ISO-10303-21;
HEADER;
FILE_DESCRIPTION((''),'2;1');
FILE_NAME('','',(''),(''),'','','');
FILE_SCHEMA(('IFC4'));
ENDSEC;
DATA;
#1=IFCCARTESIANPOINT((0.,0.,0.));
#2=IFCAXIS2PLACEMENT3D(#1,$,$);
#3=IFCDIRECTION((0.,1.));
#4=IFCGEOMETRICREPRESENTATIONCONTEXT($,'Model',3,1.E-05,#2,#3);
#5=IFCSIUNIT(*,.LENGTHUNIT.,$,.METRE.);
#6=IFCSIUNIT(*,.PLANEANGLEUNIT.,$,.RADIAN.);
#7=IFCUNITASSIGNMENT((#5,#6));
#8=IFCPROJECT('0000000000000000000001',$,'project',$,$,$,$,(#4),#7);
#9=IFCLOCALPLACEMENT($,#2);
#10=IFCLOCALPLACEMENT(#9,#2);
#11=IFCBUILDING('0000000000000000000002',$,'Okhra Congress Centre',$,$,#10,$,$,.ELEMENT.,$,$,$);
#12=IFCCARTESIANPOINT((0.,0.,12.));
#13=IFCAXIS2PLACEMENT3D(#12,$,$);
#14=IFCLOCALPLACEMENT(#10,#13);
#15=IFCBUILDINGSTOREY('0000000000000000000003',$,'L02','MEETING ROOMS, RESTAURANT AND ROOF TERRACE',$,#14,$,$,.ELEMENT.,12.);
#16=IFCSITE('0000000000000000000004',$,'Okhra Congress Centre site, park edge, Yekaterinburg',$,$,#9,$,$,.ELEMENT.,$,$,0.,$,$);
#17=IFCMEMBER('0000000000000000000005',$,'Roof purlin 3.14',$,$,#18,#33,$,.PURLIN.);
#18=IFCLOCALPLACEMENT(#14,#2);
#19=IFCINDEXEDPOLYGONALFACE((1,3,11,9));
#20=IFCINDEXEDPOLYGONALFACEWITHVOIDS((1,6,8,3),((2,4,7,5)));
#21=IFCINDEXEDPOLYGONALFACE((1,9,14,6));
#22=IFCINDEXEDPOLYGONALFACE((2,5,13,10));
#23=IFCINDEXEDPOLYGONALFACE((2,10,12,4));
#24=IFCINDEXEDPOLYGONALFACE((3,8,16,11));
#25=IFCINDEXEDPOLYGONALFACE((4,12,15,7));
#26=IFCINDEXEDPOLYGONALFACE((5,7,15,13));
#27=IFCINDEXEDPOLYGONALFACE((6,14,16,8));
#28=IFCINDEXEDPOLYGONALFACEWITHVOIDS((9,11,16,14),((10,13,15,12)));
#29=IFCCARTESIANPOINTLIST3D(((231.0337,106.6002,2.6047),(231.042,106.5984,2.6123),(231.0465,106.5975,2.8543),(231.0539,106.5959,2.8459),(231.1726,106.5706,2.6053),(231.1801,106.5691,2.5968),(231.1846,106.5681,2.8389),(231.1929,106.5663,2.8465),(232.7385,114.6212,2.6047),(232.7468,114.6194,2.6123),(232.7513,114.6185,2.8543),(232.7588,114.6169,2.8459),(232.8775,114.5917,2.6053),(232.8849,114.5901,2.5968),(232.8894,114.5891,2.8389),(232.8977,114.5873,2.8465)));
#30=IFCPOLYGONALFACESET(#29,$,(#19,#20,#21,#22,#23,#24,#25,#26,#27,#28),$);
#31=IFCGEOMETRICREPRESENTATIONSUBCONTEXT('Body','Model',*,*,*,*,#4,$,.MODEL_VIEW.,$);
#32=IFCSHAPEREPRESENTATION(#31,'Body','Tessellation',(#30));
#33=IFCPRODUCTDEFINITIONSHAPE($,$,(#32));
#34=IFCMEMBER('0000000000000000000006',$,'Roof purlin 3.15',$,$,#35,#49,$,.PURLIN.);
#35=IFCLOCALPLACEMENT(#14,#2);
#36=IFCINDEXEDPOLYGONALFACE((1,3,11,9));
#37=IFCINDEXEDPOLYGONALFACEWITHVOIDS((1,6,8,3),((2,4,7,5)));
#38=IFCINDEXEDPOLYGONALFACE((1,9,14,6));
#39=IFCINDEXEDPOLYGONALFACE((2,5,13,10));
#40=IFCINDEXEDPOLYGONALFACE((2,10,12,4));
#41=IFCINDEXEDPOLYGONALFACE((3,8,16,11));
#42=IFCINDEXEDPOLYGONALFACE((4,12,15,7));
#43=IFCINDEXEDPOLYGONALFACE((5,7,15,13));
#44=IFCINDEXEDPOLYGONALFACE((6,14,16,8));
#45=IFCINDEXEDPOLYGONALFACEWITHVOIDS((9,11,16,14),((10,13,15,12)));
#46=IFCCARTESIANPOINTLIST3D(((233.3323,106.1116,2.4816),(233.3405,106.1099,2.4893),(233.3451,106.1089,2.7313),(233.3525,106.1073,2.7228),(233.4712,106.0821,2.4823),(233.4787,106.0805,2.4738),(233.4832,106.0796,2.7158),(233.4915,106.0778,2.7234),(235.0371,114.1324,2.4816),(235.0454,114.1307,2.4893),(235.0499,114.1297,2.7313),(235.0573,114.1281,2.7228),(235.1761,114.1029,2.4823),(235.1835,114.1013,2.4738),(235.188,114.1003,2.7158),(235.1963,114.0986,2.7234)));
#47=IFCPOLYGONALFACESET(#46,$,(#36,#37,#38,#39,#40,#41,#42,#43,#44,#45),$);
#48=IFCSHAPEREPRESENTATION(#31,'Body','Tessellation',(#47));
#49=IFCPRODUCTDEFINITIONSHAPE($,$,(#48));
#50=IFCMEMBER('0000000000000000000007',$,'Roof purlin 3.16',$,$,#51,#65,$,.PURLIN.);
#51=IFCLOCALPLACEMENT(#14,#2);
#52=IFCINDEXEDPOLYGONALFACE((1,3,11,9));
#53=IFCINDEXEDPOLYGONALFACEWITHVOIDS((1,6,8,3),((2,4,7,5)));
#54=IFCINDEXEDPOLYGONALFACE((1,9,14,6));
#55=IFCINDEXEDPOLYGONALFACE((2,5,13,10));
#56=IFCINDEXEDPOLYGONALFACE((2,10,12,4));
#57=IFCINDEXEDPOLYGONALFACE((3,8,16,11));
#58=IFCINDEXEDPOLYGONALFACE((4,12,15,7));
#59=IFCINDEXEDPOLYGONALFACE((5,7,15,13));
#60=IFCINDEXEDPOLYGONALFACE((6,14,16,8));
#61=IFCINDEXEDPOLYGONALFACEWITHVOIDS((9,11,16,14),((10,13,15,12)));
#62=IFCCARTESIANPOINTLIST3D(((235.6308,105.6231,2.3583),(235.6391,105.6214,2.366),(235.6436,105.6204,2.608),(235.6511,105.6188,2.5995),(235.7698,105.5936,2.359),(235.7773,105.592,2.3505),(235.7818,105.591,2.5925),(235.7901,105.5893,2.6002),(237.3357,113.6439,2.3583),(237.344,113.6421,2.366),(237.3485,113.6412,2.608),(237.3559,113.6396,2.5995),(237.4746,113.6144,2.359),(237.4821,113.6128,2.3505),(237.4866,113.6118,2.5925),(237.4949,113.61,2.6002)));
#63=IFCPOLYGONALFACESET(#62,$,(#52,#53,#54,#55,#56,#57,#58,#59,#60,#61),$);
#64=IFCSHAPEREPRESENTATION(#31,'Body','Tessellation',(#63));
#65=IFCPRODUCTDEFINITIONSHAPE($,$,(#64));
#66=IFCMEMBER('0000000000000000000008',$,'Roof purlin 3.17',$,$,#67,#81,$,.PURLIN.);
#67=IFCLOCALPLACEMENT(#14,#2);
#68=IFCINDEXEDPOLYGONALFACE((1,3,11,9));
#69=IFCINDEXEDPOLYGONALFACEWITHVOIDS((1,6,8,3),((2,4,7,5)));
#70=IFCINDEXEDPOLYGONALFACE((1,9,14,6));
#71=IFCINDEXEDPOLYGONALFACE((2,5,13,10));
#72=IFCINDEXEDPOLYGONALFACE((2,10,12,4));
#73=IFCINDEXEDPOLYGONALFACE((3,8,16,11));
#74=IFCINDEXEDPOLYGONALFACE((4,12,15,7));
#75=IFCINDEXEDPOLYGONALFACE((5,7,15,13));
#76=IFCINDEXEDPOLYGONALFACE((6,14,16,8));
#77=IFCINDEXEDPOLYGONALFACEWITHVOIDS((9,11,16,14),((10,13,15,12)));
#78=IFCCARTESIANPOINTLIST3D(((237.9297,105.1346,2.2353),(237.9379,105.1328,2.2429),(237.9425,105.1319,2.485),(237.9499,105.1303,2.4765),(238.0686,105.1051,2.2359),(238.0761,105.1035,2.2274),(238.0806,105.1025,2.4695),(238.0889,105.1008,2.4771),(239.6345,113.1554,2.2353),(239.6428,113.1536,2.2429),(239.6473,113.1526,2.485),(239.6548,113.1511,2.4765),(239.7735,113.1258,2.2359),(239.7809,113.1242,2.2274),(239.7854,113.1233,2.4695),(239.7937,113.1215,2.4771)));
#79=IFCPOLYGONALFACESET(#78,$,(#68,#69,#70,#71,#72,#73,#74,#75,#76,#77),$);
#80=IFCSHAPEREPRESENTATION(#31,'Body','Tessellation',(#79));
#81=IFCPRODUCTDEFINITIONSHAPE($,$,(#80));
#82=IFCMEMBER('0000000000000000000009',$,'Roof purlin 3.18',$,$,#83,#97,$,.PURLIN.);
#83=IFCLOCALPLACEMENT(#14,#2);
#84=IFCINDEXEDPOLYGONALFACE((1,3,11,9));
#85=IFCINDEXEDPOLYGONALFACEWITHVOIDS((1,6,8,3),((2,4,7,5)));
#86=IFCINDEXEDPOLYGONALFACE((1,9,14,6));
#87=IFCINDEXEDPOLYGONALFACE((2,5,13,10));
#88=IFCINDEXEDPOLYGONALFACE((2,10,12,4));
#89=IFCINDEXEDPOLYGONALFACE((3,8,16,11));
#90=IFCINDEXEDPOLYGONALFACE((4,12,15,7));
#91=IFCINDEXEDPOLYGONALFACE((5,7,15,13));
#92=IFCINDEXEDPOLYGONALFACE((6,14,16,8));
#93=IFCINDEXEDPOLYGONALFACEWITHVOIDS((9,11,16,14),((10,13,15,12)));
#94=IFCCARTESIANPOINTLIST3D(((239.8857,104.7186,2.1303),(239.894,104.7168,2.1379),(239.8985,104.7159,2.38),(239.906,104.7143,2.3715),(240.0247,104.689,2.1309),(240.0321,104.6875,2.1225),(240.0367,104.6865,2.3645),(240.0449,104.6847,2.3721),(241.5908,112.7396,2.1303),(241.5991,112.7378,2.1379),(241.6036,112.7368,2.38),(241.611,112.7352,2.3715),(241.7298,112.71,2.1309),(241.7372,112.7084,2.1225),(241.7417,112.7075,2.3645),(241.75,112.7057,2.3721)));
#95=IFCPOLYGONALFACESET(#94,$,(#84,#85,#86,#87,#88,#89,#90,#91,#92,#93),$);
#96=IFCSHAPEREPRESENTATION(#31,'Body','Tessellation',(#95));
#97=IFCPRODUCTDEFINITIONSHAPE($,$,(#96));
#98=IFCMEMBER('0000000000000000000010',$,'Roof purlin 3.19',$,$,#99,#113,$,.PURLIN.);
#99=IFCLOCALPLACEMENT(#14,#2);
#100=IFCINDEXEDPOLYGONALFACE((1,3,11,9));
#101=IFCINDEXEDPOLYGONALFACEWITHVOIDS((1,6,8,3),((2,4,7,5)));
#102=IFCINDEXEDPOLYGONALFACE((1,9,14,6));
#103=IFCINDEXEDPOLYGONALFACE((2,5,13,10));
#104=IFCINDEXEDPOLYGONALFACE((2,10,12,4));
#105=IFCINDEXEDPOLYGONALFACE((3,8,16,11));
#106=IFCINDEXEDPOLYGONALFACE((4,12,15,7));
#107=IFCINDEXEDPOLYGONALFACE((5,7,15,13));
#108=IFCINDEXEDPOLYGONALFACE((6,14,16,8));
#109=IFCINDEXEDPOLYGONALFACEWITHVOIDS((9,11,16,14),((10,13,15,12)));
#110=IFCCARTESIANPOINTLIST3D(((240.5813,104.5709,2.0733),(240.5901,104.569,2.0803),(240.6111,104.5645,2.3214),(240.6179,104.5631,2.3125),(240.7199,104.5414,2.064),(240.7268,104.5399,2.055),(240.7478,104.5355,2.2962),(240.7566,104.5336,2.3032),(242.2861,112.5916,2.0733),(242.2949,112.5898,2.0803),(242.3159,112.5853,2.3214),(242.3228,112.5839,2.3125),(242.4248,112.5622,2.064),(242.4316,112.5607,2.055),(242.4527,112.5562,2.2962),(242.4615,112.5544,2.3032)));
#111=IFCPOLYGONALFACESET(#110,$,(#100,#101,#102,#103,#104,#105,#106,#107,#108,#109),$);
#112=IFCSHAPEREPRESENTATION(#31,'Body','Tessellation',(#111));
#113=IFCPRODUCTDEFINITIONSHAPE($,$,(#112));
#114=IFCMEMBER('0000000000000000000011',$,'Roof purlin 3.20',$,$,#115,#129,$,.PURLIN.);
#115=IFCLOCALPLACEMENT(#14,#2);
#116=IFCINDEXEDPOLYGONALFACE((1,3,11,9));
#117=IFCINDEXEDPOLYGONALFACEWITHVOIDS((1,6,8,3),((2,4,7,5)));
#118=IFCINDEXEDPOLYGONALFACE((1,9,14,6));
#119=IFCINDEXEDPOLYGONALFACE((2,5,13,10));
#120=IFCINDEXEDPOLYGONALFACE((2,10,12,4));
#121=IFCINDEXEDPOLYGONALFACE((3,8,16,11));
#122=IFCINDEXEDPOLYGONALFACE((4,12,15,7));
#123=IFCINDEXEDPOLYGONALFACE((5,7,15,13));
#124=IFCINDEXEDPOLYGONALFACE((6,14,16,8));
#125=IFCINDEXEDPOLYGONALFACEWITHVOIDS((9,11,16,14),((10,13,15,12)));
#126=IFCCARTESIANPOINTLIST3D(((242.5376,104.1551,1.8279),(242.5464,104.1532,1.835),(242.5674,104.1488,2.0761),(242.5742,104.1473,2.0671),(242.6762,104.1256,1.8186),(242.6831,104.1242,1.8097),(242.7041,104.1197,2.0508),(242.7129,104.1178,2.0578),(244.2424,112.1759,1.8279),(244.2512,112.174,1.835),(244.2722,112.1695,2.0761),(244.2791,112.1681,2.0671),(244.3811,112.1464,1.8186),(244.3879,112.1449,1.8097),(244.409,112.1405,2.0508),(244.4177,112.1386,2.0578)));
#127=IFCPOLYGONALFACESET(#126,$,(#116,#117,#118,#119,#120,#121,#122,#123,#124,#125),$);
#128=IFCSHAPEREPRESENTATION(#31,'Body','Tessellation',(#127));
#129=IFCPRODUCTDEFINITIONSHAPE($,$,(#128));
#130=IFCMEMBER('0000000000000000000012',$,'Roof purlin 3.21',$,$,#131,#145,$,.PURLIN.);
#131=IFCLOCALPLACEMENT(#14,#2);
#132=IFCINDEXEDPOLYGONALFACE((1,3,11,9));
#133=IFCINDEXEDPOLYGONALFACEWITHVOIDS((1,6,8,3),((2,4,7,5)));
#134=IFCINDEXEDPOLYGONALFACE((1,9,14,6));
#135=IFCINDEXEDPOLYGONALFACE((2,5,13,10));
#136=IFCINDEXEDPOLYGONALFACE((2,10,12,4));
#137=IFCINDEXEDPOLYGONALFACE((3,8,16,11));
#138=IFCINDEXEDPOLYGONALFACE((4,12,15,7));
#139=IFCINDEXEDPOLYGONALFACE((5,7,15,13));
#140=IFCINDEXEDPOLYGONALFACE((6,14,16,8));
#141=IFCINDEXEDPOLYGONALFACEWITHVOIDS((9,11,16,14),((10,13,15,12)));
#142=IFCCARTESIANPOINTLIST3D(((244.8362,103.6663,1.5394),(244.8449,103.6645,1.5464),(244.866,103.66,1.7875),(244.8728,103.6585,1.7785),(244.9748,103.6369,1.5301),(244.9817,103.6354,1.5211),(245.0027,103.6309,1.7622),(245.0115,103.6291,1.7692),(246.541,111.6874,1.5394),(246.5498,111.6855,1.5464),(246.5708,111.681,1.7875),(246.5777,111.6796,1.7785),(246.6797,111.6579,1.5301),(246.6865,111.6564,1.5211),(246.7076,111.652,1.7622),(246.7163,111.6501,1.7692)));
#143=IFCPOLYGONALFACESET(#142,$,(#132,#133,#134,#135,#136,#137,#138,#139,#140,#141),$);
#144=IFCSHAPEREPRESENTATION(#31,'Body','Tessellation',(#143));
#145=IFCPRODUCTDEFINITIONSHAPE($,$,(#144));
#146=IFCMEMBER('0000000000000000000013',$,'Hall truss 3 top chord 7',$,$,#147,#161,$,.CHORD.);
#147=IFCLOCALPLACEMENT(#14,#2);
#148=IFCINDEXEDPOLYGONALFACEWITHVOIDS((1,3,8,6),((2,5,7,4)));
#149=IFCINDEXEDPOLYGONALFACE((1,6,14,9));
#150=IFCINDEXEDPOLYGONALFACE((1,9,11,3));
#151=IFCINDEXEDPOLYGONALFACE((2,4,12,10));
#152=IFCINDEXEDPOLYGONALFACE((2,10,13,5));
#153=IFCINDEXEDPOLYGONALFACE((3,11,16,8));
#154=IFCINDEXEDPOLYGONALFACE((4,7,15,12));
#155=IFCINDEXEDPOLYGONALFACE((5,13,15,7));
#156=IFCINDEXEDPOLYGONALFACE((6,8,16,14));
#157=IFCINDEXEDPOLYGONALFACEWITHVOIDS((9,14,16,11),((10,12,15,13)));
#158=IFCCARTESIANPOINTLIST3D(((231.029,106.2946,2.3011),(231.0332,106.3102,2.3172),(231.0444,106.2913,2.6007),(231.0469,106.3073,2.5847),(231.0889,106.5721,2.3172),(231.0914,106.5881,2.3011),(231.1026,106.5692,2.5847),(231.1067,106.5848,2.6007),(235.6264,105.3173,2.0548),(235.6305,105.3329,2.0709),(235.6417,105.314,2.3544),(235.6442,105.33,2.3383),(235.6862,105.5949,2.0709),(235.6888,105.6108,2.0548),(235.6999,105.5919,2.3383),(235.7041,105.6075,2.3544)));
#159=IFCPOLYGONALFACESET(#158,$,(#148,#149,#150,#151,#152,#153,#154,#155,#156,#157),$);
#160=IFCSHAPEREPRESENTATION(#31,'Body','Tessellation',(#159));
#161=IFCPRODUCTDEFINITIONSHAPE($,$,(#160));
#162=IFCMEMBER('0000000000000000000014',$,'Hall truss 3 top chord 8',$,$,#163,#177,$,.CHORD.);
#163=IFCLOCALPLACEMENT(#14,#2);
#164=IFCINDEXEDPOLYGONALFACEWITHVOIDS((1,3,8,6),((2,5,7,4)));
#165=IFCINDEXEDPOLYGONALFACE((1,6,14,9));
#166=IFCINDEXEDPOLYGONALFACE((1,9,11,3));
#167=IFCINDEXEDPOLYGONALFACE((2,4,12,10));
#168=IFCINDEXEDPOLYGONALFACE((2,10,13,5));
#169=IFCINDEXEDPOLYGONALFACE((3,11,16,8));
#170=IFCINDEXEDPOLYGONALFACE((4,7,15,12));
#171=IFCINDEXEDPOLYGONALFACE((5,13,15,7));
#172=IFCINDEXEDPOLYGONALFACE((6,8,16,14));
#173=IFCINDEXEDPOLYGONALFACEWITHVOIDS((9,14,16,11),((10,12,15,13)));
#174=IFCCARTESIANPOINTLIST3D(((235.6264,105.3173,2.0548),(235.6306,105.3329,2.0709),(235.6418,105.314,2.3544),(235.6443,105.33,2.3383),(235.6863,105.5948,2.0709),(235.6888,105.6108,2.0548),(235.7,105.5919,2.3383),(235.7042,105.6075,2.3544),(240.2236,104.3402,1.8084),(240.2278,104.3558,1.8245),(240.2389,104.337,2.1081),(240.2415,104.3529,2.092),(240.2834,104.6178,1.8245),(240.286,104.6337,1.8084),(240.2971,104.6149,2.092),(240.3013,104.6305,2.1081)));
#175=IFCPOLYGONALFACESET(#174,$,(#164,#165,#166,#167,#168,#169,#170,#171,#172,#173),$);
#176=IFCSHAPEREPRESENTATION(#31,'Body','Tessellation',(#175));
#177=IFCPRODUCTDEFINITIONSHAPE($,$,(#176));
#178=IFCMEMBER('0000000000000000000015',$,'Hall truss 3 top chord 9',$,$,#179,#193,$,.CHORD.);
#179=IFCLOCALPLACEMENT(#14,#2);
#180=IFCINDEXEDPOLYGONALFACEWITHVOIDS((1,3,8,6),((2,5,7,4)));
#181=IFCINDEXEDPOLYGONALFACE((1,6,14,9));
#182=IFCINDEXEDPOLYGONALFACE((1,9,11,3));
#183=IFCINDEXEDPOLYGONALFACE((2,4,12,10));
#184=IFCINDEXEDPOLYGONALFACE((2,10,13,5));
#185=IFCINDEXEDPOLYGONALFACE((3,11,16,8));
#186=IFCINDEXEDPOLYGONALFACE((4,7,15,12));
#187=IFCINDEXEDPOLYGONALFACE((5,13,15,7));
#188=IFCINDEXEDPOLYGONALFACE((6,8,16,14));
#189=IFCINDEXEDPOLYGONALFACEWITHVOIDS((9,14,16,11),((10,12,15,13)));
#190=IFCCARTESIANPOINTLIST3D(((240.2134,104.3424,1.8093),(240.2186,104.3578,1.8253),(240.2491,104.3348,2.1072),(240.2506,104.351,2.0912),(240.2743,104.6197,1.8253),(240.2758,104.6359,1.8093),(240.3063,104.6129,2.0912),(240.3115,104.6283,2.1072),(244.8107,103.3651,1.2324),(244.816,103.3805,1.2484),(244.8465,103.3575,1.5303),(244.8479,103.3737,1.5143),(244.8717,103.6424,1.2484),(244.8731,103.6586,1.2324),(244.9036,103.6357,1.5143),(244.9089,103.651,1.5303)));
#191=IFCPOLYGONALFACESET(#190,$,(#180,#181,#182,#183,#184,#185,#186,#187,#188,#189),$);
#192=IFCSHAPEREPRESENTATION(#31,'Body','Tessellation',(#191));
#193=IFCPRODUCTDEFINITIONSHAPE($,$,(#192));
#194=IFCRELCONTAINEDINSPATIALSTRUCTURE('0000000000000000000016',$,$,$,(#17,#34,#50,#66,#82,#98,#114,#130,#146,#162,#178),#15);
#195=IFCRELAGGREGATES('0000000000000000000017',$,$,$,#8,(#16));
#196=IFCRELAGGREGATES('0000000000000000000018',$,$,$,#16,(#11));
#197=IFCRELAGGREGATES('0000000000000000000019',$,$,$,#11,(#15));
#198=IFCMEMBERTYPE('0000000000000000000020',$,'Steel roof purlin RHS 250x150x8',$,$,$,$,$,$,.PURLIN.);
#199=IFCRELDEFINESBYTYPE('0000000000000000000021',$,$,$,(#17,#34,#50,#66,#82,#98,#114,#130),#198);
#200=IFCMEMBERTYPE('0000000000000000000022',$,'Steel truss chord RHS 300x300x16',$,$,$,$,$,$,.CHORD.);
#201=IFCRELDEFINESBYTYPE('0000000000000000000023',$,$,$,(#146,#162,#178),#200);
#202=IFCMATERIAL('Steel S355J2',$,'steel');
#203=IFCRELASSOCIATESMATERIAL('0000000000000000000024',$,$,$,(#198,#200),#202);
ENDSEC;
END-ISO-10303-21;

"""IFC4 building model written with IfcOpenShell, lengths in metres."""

from ifc_helpers import new_model, si_unit, direction, frame, origin, origin_2d, place, context, subcontext, project, spatial, hollow_rectangle, extrude, material, material_profile, profile_set, type_object, element, save


model = new_model("IFC4")

# Units and contexts
model_context = context("Model", 3, precision=1e-05, world=origin(), true_north=direction((0.0, 1.0)))
body_context = subcontext(model_context, "Body", "Model", "MODEL_VIEW")
ifc_project = project(units=[si_unit("LENGTHUNIT", "METRE"), si_unit("PLANEANGLEUNIT", "RADIAN")], contexts=[model_context])

# Site, building, storey
site_placement = place(None, origin())
site = spatial("IfcSite", under=ifc_project, at=site_placement, Name="Okhra Congress Centre site, park edge, Yekaterinburg", CompositionType="ELEMENT", RefElevation=0.0)
building_placement = place(site_placement, origin())
building = spatial("IfcBuilding", under=site, at=building_placement, Name="Okhra Congress Centre", CompositionType="ELEMENT")
storey_placement = place(building_placement, frame((0.0, 0.0, 12.0)))
storey = spatial("IfcBuildingStorey", under=building, at=storey_placement, Name="L02", Description="MEETING ROOMS, RESTAURANT AND ROOF TERRACE", CompositionType="ELEMENT", Elevation=12.0)

# Members
ifc_material_1 = material(Name="Steel S355J2", Category="steel")
ifc_material_profile_1 = material_profile(ifc_material_1, hollow_rectangle(XDim=0.1499, YDim=0.25, WallThickness=0.0081, at=origin_2d()), Name="RHS 250x150x8")
ifc_profile_set_1 = profile_set([ifc_material_profile_1], Name="Steel S355J2")
member_type_1 = type_object("IfcMemberType", Name="Steel roof purlin RHS 250x150x8", PredefinedType="PURLIN", material=ifc_profile_set_1)
member_1_placement = place(storey_placement, frame((231.1133, 106.5833, 2.7256), z_axis=(0.207902, 0.97815, 0.0), x_axis=(-0.976809, 0.207617, 0.052336)))
element("IfcMember", 1, at=member_1_placement, inside=storey, type_object=member_type_1, Name="Roof purlin 3.14", PredefinedType="PURLIN", context=body_context, shape_type="SweptSolid", body=[
    extrude(hollow_rectangle(XDim=0.1499, YDim=0.25, WallThickness=0.0081, at=origin_2d()), origin(), (0.0, 0.0, 1.0), 8.2002),
])
for number, where, z_axis, x_axis, name in (
    (2, (233.4119, 106.0947, 2.6025), (0.207908, 0.978148, 0.0), (-0.976808, 0.207623, 0.052336), "Roof purlin 3.15"),
    (3, (235.7104, 105.6062, 2.4792), (0.207908, 0.978148, 0.0), (-0.976808, 0.207623, 0.052336), "Roof purlin 3.16"),
    (4, (238.0093, 105.1177, 2.3562), (0.207908, 0.978148, 0.0), (-0.976808, 0.207623, 0.052336), "Roof purlin 3.17"),
):
    element("IfcMember", number, at=place(storey_placement, frame(where, z_axis=z_axis, x_axis=x_axis)), inside=storey, type_object=member_type_1, Name=name, PredefinedType="PURLIN", context=body_context, shape_type="SweptSolid", body=[
        extrude(hollow_rectangle(XDim=0.1499, YDim=0.25, WallThickness=0.0081, at=origin_2d()), origin(), (0.0, 0.0, 1.0), 8.2),
    ])
member_2_placement = place(storey_placement, frame((239.9653, 104.7017, 2.2512), z_axis=(0.207931, 0.978144, 0.0), x_axis=(-0.976803, 0.207646, 0.052336)))
element("IfcMember", 5, at=member_2_placement, inside=storey, type_object=member_type_1, Name="Roof purlin 3.18", PredefinedType="PURLIN", context=body_context, shape_type="SweptSolid", body=[
    extrude(hollow_rectangle(XDim=0.1499, YDim=0.25, WallThickness=0.0081, at=origin_2d()), origin(), (0.0, 0.0, 1.0), 8.2002),
])
for number, where, z_axis, x_axis, name in (
    (6, (240.6689, 104.5522, 2.1882), (0.207908, 0.978148, 0.0), (-0.970857, 0.206359, 0.121869), "Roof purlin 3.19"),
    (7, (242.6252, 104.1365, 1.9429), (0.207908, 0.978148, 0.0), (-0.970857, 0.206359, 0.121869), "Roof purlin 3.20"),
):
    element("IfcMember", number, at=place(storey_placement, frame(where, z_axis=z_axis, x_axis=x_axis)), inside=storey, type_object=member_type_1, Name=name, PredefinedType="PURLIN", context=body_context, shape_type="SweptSolid", body=[
        extrude(hollow_rectangle(XDim=0.1499, YDim=0.25, WallThickness=0.0081, at=origin_2d()), origin(), (0.0, 0.0, 1.0), 8.2),
    ])
member_3_placement = place(storey_placement, frame((244.9238, 103.6477, 1.6543), z_axis=(0.207902, 0.97815, 0.0), x_axis=(-0.970859, 0.206353, 0.121869)))
element("IfcMember", 8, at=member_3_placement, inside=storey, type_object=member_type_1, Name="Roof purlin 3.21", PredefinedType="PURLIN", context=body_context, shape_type="SweptSolid", body=[
    extrude(hollow_rectangle(XDim=0.1499, YDim=0.25, WallThickness=0.0081, at=origin_2d()), origin(), (0.0, 0.0, 1.0), 8.2002),
])
ifc_material_profile_2 = material_profile(ifc_material_1, hollow_rectangle(XDim=0.3, YDim=0.3, WallThickness=0.0161, at=origin_2d()), Name="RHS 300x300x16")
ifc_profile_set_2 = profile_set([ifc_material_profile_2], Name="Steel S355J2")
member_type_2 = type_object("IfcMemberType", Name="Steel truss chord RHS 300x300x16", PredefinedType="CHORD", material=ifc_profile_set_2)
member_4_placement = place(storey_placement, frame((231.0679, 106.4397, 2.4509), z_axis=(0.976803, -0.207644, -0.052339), x_axis=(0.207929, 0.978144, 0.0)))
element("IfcMember", 9, at=member_4_placement, inside=storey, type_object=member_type_2, Name="Hall truss 3 top chord 7", PredefinedType="CHORD", context=body_context, shape_type="SweptSolid", body=[
    extrude(hollow_rectangle(XDim=0.3, YDim=0.3, WallThickness=0.0161, at=origin_2d()), origin(), (0.0, 0.0, 1.0), 4.7065),
])
member_5_placement = place(storey_placement, frame((235.6653, 105.4624, 2.2046), z_axis=(0.976811, -0.207605, -0.052342), x_axis=(0.20789, 0.978152, 0.0)))
element("IfcMember", 10, at=member_5_placement, inside=storey, type_object=member_type_2, Name="Hall truss 3 top chord 8", PredefinedType="CHORD", context=body_context, shape_type="SweptSolid", body=[
    extrude(hollow_rectangle(XDim=0.3, YDim=0.3, WallThickness=0.0161, at=origin_2d()), origin(), (0.0, 0.0, 1.0), 4.7063),
])
member_6_placement = place(storey_placement, frame((240.2625, 104.4854, 1.9583), z_axis=(0.970858, -0.20638, -0.121828), x_axis=(0.207929, 0.978144, 0.0)))
element("IfcMember", 11, at=member_6_placement, inside=storey, type_object=member_type_2, Name="Hall truss 3 top chord 9", PredefinedType="CHORD", context=body_context, shape_type="SweptSolid", body=[
    extrude(hollow_rectangle(XDim=0.3, YDim=0.3, WallThickness=0.0161, at=origin_2d()), origin(), (0.0, 0.0, 1.0), 4.7354),
])

save(model, "model.ifc")
